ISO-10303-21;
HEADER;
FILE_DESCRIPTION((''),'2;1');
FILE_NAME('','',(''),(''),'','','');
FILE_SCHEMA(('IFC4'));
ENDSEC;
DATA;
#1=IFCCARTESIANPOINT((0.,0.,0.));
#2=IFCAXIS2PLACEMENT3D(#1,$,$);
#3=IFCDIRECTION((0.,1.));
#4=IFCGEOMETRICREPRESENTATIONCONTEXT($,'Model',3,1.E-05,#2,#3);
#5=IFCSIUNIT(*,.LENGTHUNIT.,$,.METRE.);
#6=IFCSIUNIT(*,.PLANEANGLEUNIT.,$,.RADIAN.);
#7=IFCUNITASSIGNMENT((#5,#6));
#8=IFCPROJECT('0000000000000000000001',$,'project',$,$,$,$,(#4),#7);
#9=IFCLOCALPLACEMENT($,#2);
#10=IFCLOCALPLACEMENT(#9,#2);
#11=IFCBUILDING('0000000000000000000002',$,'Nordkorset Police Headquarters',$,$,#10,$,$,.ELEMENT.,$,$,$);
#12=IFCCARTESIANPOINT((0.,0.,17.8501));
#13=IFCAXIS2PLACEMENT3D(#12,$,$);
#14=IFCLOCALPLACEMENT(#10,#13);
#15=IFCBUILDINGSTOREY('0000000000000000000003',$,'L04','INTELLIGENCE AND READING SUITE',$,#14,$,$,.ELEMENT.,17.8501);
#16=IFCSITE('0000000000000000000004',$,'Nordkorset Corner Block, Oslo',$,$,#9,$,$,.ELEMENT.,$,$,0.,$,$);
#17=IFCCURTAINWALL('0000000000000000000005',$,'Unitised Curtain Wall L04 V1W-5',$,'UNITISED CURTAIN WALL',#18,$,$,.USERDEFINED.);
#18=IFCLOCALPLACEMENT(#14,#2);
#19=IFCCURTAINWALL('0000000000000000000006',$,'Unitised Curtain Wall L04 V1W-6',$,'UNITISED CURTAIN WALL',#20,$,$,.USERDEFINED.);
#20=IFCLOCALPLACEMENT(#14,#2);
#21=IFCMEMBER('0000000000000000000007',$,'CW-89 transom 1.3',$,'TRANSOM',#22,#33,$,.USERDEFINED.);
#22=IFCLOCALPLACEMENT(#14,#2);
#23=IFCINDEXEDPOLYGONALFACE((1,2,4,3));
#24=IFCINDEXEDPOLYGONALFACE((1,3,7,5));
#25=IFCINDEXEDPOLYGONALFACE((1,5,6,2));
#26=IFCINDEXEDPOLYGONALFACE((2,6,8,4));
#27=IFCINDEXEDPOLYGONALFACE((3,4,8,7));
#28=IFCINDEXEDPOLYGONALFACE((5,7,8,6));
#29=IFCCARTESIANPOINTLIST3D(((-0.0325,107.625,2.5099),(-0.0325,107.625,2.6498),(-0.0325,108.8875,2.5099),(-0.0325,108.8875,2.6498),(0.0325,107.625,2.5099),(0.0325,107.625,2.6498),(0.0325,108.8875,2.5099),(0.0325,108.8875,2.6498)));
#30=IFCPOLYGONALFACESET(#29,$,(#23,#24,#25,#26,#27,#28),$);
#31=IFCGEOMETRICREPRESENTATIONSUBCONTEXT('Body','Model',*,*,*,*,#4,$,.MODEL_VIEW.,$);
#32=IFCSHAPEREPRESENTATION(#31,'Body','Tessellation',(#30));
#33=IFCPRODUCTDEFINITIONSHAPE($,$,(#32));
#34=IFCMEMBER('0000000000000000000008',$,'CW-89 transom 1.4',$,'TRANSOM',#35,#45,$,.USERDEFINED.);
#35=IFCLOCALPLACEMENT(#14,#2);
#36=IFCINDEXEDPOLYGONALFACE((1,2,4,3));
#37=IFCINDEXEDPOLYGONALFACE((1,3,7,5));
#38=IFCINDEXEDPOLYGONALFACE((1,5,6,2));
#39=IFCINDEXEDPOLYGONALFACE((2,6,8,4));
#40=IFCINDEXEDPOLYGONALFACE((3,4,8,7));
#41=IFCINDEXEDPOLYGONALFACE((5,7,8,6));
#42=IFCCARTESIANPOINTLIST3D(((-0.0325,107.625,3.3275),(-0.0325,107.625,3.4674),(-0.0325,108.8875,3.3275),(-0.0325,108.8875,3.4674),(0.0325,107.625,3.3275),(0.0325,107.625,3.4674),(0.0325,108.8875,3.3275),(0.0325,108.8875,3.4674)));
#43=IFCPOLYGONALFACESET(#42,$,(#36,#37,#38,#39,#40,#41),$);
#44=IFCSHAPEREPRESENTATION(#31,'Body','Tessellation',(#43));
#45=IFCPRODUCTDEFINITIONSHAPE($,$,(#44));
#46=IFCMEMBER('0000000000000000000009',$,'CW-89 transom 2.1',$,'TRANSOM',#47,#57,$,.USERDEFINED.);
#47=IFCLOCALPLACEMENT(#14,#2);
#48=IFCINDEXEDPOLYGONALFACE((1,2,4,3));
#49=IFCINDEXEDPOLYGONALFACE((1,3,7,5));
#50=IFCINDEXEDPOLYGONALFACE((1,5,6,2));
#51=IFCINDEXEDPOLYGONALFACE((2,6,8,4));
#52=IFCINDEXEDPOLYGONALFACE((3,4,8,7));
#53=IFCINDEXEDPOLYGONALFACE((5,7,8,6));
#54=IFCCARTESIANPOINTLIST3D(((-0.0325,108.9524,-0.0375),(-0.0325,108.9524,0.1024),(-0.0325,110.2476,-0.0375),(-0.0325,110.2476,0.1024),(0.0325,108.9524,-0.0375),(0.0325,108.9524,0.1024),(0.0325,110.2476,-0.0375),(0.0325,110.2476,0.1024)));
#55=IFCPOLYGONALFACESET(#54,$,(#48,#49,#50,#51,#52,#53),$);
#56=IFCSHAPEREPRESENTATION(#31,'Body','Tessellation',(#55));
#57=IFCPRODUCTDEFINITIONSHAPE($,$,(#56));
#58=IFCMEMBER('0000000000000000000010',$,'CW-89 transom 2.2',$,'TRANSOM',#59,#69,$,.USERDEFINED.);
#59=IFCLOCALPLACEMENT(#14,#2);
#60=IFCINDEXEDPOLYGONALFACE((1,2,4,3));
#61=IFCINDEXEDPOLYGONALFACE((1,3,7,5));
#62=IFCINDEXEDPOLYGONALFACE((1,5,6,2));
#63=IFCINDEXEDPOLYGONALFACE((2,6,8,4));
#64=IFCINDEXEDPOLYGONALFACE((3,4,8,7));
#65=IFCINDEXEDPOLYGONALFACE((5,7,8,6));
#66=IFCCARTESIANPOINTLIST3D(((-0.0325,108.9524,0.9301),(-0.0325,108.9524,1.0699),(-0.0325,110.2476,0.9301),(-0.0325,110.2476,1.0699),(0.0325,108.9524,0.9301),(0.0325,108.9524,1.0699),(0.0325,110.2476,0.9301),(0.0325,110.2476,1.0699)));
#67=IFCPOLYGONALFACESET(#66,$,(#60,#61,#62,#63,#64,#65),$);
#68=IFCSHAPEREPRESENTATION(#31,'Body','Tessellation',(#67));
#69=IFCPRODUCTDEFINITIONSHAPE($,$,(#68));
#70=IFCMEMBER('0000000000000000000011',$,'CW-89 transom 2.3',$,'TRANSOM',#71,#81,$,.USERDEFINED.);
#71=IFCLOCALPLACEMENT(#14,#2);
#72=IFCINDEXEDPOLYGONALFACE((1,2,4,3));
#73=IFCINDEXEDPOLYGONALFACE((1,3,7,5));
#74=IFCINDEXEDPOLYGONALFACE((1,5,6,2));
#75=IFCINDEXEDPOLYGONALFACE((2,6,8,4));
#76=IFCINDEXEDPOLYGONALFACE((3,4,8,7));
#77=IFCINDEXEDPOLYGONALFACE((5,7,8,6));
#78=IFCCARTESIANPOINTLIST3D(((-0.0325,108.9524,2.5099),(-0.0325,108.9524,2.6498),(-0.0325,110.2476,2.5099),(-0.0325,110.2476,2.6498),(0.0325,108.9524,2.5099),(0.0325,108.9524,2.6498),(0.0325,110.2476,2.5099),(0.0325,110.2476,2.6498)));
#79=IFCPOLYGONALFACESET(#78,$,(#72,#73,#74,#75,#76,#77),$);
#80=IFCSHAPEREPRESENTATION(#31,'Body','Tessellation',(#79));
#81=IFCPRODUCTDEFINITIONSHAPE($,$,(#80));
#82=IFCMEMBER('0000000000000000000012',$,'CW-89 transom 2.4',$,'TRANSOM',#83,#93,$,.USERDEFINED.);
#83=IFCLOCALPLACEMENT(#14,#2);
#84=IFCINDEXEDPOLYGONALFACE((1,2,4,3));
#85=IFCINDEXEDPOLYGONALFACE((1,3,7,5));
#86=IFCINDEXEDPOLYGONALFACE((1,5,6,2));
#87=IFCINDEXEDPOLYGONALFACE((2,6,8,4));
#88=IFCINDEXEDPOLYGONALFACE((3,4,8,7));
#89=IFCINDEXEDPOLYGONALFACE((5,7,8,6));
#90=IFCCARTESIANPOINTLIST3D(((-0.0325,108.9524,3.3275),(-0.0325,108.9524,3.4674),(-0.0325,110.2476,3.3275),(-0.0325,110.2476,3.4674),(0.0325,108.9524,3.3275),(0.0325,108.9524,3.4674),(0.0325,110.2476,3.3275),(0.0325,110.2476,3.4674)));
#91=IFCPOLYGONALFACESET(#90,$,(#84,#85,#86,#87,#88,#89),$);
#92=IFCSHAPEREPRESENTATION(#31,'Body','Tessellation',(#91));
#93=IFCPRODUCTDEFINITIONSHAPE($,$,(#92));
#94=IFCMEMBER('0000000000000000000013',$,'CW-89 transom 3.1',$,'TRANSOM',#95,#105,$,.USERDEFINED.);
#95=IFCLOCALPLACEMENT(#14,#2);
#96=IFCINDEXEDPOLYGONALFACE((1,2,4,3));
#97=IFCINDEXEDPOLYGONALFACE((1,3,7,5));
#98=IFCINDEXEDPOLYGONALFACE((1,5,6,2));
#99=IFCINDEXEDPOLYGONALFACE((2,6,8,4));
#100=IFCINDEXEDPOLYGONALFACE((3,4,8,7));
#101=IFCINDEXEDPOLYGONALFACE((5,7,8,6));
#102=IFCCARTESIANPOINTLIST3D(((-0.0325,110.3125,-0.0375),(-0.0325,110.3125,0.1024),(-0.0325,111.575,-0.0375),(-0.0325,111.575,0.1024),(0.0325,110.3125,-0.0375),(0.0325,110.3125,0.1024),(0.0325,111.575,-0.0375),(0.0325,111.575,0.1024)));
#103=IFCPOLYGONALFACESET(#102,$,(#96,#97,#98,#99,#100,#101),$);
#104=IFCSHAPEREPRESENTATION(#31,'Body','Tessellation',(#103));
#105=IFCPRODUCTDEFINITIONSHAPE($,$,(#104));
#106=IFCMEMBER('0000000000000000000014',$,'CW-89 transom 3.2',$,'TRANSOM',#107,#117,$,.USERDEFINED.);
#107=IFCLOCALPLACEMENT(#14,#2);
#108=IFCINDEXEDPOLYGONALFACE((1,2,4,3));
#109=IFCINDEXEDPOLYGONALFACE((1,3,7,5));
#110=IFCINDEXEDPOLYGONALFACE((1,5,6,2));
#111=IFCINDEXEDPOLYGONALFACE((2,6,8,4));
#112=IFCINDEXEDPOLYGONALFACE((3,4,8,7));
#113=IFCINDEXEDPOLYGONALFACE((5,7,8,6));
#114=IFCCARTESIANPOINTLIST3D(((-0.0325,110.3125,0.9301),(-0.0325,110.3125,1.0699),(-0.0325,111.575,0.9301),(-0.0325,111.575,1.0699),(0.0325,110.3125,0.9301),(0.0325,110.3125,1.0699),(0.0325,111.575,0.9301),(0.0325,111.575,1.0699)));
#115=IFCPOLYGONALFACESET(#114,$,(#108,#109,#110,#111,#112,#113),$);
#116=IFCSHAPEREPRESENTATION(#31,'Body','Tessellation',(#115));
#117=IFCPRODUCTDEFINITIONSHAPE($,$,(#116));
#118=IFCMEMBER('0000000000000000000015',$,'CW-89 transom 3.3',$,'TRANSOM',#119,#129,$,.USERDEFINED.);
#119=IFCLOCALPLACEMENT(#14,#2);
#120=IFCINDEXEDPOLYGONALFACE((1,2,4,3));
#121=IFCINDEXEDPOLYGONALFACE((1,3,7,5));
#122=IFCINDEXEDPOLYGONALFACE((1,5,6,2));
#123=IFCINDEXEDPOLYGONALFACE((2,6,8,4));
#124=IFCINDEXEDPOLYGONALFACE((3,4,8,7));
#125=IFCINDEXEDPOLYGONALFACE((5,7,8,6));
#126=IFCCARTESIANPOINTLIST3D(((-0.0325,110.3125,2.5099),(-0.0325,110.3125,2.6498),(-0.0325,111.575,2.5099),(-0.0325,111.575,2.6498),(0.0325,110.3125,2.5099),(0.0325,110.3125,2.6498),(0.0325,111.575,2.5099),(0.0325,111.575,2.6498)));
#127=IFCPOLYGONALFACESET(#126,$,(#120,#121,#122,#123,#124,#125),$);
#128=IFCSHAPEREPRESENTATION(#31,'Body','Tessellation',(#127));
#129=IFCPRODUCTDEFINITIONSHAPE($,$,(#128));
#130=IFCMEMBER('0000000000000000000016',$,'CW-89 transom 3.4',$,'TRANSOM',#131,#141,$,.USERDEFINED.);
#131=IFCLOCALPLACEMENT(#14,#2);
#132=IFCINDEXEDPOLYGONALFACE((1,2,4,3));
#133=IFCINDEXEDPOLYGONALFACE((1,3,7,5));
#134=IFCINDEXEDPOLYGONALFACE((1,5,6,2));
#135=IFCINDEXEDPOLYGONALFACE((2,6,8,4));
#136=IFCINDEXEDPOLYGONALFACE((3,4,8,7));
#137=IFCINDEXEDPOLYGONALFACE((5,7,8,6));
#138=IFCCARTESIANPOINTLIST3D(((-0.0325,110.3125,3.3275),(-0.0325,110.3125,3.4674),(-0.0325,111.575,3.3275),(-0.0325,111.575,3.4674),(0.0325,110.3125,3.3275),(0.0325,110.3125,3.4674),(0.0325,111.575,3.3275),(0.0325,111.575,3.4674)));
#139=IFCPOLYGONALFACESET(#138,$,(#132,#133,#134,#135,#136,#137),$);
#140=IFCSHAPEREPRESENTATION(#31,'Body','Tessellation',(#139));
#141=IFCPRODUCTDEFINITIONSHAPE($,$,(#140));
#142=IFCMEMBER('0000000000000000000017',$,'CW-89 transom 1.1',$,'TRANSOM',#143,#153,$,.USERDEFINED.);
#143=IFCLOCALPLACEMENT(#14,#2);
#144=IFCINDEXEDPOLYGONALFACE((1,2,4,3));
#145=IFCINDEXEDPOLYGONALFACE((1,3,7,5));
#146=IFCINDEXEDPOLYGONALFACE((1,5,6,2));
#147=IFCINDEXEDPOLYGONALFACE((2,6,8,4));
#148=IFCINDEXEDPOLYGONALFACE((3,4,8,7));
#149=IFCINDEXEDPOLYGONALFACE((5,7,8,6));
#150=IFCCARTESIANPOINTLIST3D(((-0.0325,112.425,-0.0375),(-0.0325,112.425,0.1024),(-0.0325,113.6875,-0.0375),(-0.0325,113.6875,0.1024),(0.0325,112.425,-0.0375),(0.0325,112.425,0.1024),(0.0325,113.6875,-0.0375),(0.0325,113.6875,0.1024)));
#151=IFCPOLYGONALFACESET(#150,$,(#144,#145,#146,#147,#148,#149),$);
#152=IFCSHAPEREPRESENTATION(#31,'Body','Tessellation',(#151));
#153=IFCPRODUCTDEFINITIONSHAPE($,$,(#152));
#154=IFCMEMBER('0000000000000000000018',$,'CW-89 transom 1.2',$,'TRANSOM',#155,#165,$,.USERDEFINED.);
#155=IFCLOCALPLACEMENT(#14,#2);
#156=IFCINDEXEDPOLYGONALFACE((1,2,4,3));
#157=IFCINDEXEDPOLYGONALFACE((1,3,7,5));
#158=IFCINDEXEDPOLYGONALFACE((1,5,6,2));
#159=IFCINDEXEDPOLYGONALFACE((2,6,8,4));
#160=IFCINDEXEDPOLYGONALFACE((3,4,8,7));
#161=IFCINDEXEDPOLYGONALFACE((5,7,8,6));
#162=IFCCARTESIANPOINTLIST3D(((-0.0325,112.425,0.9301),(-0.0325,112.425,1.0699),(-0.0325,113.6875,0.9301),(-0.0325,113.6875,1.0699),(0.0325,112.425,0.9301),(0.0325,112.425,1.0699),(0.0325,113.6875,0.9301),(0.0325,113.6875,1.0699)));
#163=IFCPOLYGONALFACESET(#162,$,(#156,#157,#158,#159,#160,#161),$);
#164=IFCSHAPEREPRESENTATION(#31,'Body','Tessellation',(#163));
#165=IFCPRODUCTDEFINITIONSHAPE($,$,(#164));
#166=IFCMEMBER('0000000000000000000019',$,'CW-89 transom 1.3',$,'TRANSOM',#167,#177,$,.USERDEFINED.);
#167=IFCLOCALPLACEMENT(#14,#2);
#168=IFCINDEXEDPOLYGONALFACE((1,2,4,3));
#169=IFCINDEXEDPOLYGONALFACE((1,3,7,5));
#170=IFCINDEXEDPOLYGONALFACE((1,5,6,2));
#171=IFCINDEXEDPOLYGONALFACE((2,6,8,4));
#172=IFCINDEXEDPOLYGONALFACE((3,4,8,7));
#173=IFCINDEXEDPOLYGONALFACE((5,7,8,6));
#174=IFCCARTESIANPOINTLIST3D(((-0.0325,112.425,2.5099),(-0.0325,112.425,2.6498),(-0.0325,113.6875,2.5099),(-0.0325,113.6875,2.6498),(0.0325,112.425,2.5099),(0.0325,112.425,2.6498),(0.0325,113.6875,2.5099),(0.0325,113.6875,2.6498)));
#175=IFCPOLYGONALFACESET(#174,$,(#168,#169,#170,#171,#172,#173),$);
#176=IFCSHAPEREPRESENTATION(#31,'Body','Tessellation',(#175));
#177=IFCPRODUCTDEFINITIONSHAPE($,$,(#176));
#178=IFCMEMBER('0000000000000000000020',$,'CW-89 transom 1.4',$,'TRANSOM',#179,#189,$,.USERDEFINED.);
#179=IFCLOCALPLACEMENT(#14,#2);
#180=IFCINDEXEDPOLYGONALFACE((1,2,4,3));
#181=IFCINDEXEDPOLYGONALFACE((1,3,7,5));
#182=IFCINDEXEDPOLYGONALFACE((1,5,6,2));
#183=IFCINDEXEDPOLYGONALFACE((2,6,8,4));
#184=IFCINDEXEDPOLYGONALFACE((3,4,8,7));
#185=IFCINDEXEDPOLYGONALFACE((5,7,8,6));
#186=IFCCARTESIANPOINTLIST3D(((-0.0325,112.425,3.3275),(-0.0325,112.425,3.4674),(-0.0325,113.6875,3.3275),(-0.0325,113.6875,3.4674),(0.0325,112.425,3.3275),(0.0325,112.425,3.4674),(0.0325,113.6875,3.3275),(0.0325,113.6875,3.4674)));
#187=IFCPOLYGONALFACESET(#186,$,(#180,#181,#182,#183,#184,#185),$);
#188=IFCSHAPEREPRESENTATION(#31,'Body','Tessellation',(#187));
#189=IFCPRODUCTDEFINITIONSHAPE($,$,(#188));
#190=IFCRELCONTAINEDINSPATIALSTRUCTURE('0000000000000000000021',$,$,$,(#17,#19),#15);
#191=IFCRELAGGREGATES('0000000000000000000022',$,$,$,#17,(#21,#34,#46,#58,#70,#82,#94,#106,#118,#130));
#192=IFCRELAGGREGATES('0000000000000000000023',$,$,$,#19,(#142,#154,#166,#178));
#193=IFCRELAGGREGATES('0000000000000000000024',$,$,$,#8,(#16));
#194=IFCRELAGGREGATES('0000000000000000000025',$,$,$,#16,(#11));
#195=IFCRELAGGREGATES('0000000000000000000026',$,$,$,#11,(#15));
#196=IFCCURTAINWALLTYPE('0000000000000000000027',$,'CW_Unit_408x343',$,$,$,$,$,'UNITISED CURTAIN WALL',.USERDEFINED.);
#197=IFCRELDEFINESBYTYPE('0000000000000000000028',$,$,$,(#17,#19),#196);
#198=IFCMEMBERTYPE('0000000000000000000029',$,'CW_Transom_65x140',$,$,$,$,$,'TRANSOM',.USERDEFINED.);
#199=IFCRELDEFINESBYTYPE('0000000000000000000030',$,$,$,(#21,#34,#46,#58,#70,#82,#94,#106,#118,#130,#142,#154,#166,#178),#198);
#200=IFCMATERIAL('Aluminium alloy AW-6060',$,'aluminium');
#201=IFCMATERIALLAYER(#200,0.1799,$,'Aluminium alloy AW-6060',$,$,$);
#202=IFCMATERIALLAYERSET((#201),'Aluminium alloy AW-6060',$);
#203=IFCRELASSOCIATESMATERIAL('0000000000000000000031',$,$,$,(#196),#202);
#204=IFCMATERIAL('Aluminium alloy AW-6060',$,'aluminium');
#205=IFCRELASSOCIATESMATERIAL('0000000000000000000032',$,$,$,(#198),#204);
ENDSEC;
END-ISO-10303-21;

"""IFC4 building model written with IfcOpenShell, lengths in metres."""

from ifc_helpers import new_model, si_unit, direction, frame, origin, origin_2d, place, context, subcontext, project, spatial, rectangle, extrude, material, layer, layer_set, material_profile, profile_set, type_object, element, aggregate, save


model = new_model("IFC4")

# Units and contexts
model_context = context("Model", 3, precision=1e-05, world=origin(), true_north=direction((0.0, 1.0)))
body_context = subcontext(model_context, "Body", "Model", "MODEL_VIEW")
ifc_project = project(units=[si_unit("LENGTHUNIT", "METRE"), si_unit("PLANEANGLEUNIT", "RADIAN")], contexts=[model_context])

# Site, building, storey
site_placement = place(None, origin())
site = spatial("IfcSite", under=ifc_project, at=site_placement, Name="Nordkorset Corner Block, Oslo", CompositionType="ELEMENT", RefElevation=0.0)
building_placement = place(site_placement, origin())
building = spatial("IfcBuilding", under=site, at=building_placement, Name="Nordkorset Police Headquarters", CompositionType="ELEMENT")
storey_placement = place(building_placement, frame((0.0, 0.0, 17.8501)))
storey = spatial("IfcBuildingStorey", under=building, at=storey_placement, Name="L04", Description="INTELLIGENCE AND READING SUITE", CompositionType="ELEMENT", Elevation=17.8501)

# Curtain wall
ifc_material_1 = material(Name="Aluminium alloy AW-6060", Category="aluminium")
ifc_layer_1 = layer(ifc_material_1, 0.1799, Name="Aluminium alloy AW-6060")
ifc_layer_set_1 = layer_set([ifc_layer_1], Name="Aluminium alloy AW-6060")
curtain_wall_type = type_object("IfcCurtainWallType", Name="CW_Unit_408x343", ElementType="UNITISED CURTAIN WALL", PredefinedType="USERDEFINED", material=ifc_layer_set_1)
curtain_wall_1_placement = place(storey_placement, origin())
curtain_wall_1 = element("IfcCurtainWall", 1, at=curtain_wall_1_placement, inside=storey, type_object=curtain_wall_type, Name="Unitised Curtain Wall L04 V1W-5", ObjectType="UNITISED CURTAIN WALL", PredefinedType="USERDEFINED")

# Curtain wall
curtain_wall_2_placement = place(storey_placement, origin())
curtain_wall_2 = element("IfcCurtainWall", 2, at=curtain_wall_2_placement, inside=storey, type_object=curtain_wall_type, Name="Unitised Curtain Wall L04 V1W-6", ObjectType="UNITISED CURTAIN WALL", PredefinedType="USERDEFINED")

# Members
ifc_material_2 = material(Name="Aluminium alloy AW-6060", Category="aluminium")
ifc_material_profile_1 = material_profile(ifc_material_2, rectangle(XDim=0.0649, YDim=0.1399, at=origin_2d()), Name="ALU TRAN 65x140")
ifc_profile_set_1 = profile_set([ifc_material_profile_1], Name="Aluminium alloy AW-6060")
member_type_1 = type_object("IfcMemberType", Name="CW_Transom_65x140", ElementType="TRANSOM", PredefinedType="USERDEFINED", material=ifc_profile_set_1)
member_1_placement = place(storey_placement, frame((0.0, 107.625, 2.5798), z_axis=(0.0, 1.0, 0.0), x_axis=(-1.0, 0.0, 0.0)))
member_1 = element("IfcMember", 3, at=member_1_placement, type_object=member_type_1, Name="CW-89 transom 1.3", ObjectType="TRANSOM", PredefinedType="USERDEFINED", context=body_context, shape_type="SweptSolid", body=[
    extrude(rectangle(XDim=0.0649, YDim=0.1399, at=origin_2d()), origin(), (0.0, 0.0, 1.0), 1.2625),
])
member_2_placement = place(storey_placement, frame((0.0, 107.625, 3.3975), z_axis=(0.0, 1.0, 0.0), x_axis=(-1.0, 0.0, 0.0)))
member_2 = element("IfcMember", 4, at=member_2_placement, type_object=member_type_1, Name="CW-89 transom 1.4", ObjectType="TRANSOM", PredefinedType="USERDEFINED", context=body_context, shape_type="SweptSolid", body=[
    extrude(rectangle(XDim=0.0649, YDim=0.1399, at=origin_2d()), origin(), (0.0, 0.0, 1.0), 1.2625),
])
member_3_placement = place(storey_placement, frame((0.0, 108.9524, 0.0325), z_axis=(0.0, 1.0, 0.0), x_axis=(-1.0, 0.0, 0.0)))
member_3 = element("IfcMember", 5, at=member_3_placement, type_object=member_type_1, Name="CW-89 transom 2.1", ObjectType="TRANSOM", PredefinedType="USERDEFINED", context=body_context, shape_type="SweptSolid", body=[
    extrude(rectangle(XDim=0.0649, YDim=0.1399, at=origin_2d()), origin(), (0.0, 0.0, 1.0), 1.2952),
])
member_4_placement = place(storey_placement, frame((0.0, 108.9524, 1.0), z_axis=(0.0, 1.0, 0.0), x_axis=(-1.0, 0.0, 0.0)))
member_4 = element("IfcMember", 6, at=member_4_placement, type_object=member_type_1, Name="CW-89 transom 2.2", ObjectType="TRANSOM", PredefinedType="USERDEFINED", context=body_context, shape_type="SweptSolid", body=[
    extrude(rectangle(XDim=0.0649, YDim=0.1399, at=origin_2d()), origin(), (0.0, 0.0, 1.0), 1.2952),
])
member_5_placement = place(storey_placement, frame((0.0, 108.9524, 2.5798), z_axis=(0.0, 1.0, 0.0), x_axis=(-1.0, 0.0, 0.0)))
member_5 = element("IfcMember", 7, at=member_5_placement, type_object=member_type_1, Name="CW-89 transom 2.3", ObjectType="TRANSOM", PredefinedType="USERDEFINED", context=body_context, shape_type="SweptSolid", body=[
    extrude(rectangle(XDim=0.0649, YDim=0.1399, at=origin_2d()), origin(), (0.0, 0.0, 1.0), 1.2952),
])
member_6_placement = place(storey_placement, frame((0.0, 108.9524, 3.3975), z_axis=(0.0, 1.0, 0.0), x_axis=(-1.0, 0.0, 0.0)))
member_6 = element("IfcMember", 8, at=member_6_placement, type_object=member_type_1, Name="CW-89 transom 2.4", ObjectType="TRANSOM", PredefinedType="USERDEFINED", context=body_context, shape_type="SweptSolid", body=[
    extrude(rectangle(XDim=0.0649, YDim=0.1399, at=origin_2d()), origin(), (0.0, 0.0, 1.0), 1.2952),
])
member_7_placement = place(storey_placement, frame((0.0, 110.3125, 0.0325), z_axis=(0.0, 1.0, 0.0), x_axis=(-1.0, 0.0, 0.0)))
member_7 = element("IfcMember", 9, at=member_7_placement, type_object=member_type_1, Name="CW-89 transom 3.1", ObjectType="TRANSOM", PredefinedType="USERDEFINED", context=body_context, shape_type="SweptSolid", body=[
    extrude(rectangle(XDim=0.0649, YDim=0.1399, at=origin_2d()), origin(), (0.0, 0.0, 1.0), 1.2625),
])
member_8_placement = place(storey_placement, frame((0.0, 110.3125, 1.0), z_axis=(0.0, 1.0, 0.0), x_axis=(-1.0, 0.0, 0.0)))
member_8 = element("IfcMember", 10, at=member_8_placement, type_object=member_type_1, Name="CW-89 transom 3.2", ObjectType="TRANSOM", PredefinedType="USERDEFINED", context=body_context, shape_type="SweptSolid", body=[
    extrude(rectangle(XDim=0.0649, YDim=0.1399, at=origin_2d()), origin(), (0.0, 0.0, 1.0), 1.2625),
])
member_9_placement = place(storey_placement, frame((0.0, 110.3125, 2.5798), z_axis=(0.0, 1.0, 0.0), x_axis=(-1.0, 0.0, 0.0)))
member_9 = element("IfcMember", 11, at=member_9_placement, type_object=member_type_1, Name="CW-89 transom 3.3", ObjectType="TRANSOM", PredefinedType="USERDEFINED", context=body_context, shape_type="SweptSolid", body=[
    extrude(rectangle(XDim=0.0649, YDim=0.1399, at=origin_2d()), origin(), (0.0, 0.0, 1.0), 1.2625),
])
member_10_placement = place(storey_placement, frame((0.0, 110.3125, 3.3975), z_axis=(0.0, 1.0, 0.0), x_axis=(-1.0, 0.0, 0.0)))
member_10 = element("IfcMember", 12, at=member_10_placement, type_object=member_type_1, Name="CW-89 transom 3.4", ObjectType="TRANSOM", PredefinedType="USERDEFINED", context=body_context, shape_type="SweptSolid", body=[
    extrude(rectangle(XDim=0.0649, YDim=0.1399, at=origin_2d()), origin(), (0.0, 0.0, 1.0), 1.2625),
])
member_11_placement = place(storey_placement, frame((0.0, 112.425, 0.0325), z_axis=(0.0, 1.0, 0.0), x_axis=(-1.0, 0.0, 0.0)))
member_11 = element("IfcMember", 13, at=member_11_placement, type_object=member_type_1, Name="CW-89 transom 1.1", ObjectType="TRANSOM", PredefinedType="USERDEFINED", context=body_context, shape_type="SweptSolid", body=[
    extrude(rectangle(XDim=0.0649, YDim=0.1399, at=origin_2d()), origin(), (0.0, 0.0, 1.0), 1.2625),
])
member_12_placement = place(storey_placement, frame((0.0, 112.425, 1.0), z_axis=(0.0, 1.0, 0.0), x_axis=(-1.0, 0.0, 0.0)))
member_12 = element("IfcMember", 14, at=member_12_placement, type_object=member_type_1, Name="CW-89 transom 1.2", ObjectType="TRANSOM", PredefinedType="USERDEFINED", context=body_context, shape_type="SweptSolid", body=[
    extrude(rectangle(XDim=0.0649, YDim=0.1399, at=origin_2d()), origin(), (0.0, 0.0, 1.0), 1.2625),
])
member_13_placement = place(storey_placement, frame((0.0, 112.425, 2.5798), z_axis=(0.0, 1.0, 0.0), x_axis=(-1.0, 0.0, 0.0)))
member_13 = element("IfcMember", 15, at=member_13_placement, type_object=member_type_1, Name="CW-89 transom 1.3", ObjectType="TRANSOM", PredefinedType="USERDEFINED", context=body_context, shape_type="SweptSolid", body=[
    extrude(rectangle(XDim=0.0649, YDim=0.1399, at=origin_2d()), origin(), (0.0, 0.0, 1.0), 1.2625),
])
member_14_placement = place(storey_placement, frame((0.0, 112.425, 3.3975), z_axis=(0.0, 1.0, 0.0), x_axis=(-1.0, 0.0, 0.0)))
member_14 = element("IfcMember", 16, at=member_14_placement, type_object=member_type_1, Name="CW-89 transom 1.4", ObjectType="TRANSOM", PredefinedType="USERDEFINED", context=body_context, shape_type="SweptSolid", body=[
    extrude(rectangle(XDim=0.0649, YDim=0.1399, at=origin_2d()), origin(), (0.0, 0.0, 1.0), 1.2625),
])

aggregate(curtain_wall_1, [member_1, member_2, member_3, member_4, member_5, member_6, member_7, member_8, member_9, member_10])
aggregate(curtain_wall_2, [member_11, member_12, member_13, member_14])

save(model, "model.ifc")
